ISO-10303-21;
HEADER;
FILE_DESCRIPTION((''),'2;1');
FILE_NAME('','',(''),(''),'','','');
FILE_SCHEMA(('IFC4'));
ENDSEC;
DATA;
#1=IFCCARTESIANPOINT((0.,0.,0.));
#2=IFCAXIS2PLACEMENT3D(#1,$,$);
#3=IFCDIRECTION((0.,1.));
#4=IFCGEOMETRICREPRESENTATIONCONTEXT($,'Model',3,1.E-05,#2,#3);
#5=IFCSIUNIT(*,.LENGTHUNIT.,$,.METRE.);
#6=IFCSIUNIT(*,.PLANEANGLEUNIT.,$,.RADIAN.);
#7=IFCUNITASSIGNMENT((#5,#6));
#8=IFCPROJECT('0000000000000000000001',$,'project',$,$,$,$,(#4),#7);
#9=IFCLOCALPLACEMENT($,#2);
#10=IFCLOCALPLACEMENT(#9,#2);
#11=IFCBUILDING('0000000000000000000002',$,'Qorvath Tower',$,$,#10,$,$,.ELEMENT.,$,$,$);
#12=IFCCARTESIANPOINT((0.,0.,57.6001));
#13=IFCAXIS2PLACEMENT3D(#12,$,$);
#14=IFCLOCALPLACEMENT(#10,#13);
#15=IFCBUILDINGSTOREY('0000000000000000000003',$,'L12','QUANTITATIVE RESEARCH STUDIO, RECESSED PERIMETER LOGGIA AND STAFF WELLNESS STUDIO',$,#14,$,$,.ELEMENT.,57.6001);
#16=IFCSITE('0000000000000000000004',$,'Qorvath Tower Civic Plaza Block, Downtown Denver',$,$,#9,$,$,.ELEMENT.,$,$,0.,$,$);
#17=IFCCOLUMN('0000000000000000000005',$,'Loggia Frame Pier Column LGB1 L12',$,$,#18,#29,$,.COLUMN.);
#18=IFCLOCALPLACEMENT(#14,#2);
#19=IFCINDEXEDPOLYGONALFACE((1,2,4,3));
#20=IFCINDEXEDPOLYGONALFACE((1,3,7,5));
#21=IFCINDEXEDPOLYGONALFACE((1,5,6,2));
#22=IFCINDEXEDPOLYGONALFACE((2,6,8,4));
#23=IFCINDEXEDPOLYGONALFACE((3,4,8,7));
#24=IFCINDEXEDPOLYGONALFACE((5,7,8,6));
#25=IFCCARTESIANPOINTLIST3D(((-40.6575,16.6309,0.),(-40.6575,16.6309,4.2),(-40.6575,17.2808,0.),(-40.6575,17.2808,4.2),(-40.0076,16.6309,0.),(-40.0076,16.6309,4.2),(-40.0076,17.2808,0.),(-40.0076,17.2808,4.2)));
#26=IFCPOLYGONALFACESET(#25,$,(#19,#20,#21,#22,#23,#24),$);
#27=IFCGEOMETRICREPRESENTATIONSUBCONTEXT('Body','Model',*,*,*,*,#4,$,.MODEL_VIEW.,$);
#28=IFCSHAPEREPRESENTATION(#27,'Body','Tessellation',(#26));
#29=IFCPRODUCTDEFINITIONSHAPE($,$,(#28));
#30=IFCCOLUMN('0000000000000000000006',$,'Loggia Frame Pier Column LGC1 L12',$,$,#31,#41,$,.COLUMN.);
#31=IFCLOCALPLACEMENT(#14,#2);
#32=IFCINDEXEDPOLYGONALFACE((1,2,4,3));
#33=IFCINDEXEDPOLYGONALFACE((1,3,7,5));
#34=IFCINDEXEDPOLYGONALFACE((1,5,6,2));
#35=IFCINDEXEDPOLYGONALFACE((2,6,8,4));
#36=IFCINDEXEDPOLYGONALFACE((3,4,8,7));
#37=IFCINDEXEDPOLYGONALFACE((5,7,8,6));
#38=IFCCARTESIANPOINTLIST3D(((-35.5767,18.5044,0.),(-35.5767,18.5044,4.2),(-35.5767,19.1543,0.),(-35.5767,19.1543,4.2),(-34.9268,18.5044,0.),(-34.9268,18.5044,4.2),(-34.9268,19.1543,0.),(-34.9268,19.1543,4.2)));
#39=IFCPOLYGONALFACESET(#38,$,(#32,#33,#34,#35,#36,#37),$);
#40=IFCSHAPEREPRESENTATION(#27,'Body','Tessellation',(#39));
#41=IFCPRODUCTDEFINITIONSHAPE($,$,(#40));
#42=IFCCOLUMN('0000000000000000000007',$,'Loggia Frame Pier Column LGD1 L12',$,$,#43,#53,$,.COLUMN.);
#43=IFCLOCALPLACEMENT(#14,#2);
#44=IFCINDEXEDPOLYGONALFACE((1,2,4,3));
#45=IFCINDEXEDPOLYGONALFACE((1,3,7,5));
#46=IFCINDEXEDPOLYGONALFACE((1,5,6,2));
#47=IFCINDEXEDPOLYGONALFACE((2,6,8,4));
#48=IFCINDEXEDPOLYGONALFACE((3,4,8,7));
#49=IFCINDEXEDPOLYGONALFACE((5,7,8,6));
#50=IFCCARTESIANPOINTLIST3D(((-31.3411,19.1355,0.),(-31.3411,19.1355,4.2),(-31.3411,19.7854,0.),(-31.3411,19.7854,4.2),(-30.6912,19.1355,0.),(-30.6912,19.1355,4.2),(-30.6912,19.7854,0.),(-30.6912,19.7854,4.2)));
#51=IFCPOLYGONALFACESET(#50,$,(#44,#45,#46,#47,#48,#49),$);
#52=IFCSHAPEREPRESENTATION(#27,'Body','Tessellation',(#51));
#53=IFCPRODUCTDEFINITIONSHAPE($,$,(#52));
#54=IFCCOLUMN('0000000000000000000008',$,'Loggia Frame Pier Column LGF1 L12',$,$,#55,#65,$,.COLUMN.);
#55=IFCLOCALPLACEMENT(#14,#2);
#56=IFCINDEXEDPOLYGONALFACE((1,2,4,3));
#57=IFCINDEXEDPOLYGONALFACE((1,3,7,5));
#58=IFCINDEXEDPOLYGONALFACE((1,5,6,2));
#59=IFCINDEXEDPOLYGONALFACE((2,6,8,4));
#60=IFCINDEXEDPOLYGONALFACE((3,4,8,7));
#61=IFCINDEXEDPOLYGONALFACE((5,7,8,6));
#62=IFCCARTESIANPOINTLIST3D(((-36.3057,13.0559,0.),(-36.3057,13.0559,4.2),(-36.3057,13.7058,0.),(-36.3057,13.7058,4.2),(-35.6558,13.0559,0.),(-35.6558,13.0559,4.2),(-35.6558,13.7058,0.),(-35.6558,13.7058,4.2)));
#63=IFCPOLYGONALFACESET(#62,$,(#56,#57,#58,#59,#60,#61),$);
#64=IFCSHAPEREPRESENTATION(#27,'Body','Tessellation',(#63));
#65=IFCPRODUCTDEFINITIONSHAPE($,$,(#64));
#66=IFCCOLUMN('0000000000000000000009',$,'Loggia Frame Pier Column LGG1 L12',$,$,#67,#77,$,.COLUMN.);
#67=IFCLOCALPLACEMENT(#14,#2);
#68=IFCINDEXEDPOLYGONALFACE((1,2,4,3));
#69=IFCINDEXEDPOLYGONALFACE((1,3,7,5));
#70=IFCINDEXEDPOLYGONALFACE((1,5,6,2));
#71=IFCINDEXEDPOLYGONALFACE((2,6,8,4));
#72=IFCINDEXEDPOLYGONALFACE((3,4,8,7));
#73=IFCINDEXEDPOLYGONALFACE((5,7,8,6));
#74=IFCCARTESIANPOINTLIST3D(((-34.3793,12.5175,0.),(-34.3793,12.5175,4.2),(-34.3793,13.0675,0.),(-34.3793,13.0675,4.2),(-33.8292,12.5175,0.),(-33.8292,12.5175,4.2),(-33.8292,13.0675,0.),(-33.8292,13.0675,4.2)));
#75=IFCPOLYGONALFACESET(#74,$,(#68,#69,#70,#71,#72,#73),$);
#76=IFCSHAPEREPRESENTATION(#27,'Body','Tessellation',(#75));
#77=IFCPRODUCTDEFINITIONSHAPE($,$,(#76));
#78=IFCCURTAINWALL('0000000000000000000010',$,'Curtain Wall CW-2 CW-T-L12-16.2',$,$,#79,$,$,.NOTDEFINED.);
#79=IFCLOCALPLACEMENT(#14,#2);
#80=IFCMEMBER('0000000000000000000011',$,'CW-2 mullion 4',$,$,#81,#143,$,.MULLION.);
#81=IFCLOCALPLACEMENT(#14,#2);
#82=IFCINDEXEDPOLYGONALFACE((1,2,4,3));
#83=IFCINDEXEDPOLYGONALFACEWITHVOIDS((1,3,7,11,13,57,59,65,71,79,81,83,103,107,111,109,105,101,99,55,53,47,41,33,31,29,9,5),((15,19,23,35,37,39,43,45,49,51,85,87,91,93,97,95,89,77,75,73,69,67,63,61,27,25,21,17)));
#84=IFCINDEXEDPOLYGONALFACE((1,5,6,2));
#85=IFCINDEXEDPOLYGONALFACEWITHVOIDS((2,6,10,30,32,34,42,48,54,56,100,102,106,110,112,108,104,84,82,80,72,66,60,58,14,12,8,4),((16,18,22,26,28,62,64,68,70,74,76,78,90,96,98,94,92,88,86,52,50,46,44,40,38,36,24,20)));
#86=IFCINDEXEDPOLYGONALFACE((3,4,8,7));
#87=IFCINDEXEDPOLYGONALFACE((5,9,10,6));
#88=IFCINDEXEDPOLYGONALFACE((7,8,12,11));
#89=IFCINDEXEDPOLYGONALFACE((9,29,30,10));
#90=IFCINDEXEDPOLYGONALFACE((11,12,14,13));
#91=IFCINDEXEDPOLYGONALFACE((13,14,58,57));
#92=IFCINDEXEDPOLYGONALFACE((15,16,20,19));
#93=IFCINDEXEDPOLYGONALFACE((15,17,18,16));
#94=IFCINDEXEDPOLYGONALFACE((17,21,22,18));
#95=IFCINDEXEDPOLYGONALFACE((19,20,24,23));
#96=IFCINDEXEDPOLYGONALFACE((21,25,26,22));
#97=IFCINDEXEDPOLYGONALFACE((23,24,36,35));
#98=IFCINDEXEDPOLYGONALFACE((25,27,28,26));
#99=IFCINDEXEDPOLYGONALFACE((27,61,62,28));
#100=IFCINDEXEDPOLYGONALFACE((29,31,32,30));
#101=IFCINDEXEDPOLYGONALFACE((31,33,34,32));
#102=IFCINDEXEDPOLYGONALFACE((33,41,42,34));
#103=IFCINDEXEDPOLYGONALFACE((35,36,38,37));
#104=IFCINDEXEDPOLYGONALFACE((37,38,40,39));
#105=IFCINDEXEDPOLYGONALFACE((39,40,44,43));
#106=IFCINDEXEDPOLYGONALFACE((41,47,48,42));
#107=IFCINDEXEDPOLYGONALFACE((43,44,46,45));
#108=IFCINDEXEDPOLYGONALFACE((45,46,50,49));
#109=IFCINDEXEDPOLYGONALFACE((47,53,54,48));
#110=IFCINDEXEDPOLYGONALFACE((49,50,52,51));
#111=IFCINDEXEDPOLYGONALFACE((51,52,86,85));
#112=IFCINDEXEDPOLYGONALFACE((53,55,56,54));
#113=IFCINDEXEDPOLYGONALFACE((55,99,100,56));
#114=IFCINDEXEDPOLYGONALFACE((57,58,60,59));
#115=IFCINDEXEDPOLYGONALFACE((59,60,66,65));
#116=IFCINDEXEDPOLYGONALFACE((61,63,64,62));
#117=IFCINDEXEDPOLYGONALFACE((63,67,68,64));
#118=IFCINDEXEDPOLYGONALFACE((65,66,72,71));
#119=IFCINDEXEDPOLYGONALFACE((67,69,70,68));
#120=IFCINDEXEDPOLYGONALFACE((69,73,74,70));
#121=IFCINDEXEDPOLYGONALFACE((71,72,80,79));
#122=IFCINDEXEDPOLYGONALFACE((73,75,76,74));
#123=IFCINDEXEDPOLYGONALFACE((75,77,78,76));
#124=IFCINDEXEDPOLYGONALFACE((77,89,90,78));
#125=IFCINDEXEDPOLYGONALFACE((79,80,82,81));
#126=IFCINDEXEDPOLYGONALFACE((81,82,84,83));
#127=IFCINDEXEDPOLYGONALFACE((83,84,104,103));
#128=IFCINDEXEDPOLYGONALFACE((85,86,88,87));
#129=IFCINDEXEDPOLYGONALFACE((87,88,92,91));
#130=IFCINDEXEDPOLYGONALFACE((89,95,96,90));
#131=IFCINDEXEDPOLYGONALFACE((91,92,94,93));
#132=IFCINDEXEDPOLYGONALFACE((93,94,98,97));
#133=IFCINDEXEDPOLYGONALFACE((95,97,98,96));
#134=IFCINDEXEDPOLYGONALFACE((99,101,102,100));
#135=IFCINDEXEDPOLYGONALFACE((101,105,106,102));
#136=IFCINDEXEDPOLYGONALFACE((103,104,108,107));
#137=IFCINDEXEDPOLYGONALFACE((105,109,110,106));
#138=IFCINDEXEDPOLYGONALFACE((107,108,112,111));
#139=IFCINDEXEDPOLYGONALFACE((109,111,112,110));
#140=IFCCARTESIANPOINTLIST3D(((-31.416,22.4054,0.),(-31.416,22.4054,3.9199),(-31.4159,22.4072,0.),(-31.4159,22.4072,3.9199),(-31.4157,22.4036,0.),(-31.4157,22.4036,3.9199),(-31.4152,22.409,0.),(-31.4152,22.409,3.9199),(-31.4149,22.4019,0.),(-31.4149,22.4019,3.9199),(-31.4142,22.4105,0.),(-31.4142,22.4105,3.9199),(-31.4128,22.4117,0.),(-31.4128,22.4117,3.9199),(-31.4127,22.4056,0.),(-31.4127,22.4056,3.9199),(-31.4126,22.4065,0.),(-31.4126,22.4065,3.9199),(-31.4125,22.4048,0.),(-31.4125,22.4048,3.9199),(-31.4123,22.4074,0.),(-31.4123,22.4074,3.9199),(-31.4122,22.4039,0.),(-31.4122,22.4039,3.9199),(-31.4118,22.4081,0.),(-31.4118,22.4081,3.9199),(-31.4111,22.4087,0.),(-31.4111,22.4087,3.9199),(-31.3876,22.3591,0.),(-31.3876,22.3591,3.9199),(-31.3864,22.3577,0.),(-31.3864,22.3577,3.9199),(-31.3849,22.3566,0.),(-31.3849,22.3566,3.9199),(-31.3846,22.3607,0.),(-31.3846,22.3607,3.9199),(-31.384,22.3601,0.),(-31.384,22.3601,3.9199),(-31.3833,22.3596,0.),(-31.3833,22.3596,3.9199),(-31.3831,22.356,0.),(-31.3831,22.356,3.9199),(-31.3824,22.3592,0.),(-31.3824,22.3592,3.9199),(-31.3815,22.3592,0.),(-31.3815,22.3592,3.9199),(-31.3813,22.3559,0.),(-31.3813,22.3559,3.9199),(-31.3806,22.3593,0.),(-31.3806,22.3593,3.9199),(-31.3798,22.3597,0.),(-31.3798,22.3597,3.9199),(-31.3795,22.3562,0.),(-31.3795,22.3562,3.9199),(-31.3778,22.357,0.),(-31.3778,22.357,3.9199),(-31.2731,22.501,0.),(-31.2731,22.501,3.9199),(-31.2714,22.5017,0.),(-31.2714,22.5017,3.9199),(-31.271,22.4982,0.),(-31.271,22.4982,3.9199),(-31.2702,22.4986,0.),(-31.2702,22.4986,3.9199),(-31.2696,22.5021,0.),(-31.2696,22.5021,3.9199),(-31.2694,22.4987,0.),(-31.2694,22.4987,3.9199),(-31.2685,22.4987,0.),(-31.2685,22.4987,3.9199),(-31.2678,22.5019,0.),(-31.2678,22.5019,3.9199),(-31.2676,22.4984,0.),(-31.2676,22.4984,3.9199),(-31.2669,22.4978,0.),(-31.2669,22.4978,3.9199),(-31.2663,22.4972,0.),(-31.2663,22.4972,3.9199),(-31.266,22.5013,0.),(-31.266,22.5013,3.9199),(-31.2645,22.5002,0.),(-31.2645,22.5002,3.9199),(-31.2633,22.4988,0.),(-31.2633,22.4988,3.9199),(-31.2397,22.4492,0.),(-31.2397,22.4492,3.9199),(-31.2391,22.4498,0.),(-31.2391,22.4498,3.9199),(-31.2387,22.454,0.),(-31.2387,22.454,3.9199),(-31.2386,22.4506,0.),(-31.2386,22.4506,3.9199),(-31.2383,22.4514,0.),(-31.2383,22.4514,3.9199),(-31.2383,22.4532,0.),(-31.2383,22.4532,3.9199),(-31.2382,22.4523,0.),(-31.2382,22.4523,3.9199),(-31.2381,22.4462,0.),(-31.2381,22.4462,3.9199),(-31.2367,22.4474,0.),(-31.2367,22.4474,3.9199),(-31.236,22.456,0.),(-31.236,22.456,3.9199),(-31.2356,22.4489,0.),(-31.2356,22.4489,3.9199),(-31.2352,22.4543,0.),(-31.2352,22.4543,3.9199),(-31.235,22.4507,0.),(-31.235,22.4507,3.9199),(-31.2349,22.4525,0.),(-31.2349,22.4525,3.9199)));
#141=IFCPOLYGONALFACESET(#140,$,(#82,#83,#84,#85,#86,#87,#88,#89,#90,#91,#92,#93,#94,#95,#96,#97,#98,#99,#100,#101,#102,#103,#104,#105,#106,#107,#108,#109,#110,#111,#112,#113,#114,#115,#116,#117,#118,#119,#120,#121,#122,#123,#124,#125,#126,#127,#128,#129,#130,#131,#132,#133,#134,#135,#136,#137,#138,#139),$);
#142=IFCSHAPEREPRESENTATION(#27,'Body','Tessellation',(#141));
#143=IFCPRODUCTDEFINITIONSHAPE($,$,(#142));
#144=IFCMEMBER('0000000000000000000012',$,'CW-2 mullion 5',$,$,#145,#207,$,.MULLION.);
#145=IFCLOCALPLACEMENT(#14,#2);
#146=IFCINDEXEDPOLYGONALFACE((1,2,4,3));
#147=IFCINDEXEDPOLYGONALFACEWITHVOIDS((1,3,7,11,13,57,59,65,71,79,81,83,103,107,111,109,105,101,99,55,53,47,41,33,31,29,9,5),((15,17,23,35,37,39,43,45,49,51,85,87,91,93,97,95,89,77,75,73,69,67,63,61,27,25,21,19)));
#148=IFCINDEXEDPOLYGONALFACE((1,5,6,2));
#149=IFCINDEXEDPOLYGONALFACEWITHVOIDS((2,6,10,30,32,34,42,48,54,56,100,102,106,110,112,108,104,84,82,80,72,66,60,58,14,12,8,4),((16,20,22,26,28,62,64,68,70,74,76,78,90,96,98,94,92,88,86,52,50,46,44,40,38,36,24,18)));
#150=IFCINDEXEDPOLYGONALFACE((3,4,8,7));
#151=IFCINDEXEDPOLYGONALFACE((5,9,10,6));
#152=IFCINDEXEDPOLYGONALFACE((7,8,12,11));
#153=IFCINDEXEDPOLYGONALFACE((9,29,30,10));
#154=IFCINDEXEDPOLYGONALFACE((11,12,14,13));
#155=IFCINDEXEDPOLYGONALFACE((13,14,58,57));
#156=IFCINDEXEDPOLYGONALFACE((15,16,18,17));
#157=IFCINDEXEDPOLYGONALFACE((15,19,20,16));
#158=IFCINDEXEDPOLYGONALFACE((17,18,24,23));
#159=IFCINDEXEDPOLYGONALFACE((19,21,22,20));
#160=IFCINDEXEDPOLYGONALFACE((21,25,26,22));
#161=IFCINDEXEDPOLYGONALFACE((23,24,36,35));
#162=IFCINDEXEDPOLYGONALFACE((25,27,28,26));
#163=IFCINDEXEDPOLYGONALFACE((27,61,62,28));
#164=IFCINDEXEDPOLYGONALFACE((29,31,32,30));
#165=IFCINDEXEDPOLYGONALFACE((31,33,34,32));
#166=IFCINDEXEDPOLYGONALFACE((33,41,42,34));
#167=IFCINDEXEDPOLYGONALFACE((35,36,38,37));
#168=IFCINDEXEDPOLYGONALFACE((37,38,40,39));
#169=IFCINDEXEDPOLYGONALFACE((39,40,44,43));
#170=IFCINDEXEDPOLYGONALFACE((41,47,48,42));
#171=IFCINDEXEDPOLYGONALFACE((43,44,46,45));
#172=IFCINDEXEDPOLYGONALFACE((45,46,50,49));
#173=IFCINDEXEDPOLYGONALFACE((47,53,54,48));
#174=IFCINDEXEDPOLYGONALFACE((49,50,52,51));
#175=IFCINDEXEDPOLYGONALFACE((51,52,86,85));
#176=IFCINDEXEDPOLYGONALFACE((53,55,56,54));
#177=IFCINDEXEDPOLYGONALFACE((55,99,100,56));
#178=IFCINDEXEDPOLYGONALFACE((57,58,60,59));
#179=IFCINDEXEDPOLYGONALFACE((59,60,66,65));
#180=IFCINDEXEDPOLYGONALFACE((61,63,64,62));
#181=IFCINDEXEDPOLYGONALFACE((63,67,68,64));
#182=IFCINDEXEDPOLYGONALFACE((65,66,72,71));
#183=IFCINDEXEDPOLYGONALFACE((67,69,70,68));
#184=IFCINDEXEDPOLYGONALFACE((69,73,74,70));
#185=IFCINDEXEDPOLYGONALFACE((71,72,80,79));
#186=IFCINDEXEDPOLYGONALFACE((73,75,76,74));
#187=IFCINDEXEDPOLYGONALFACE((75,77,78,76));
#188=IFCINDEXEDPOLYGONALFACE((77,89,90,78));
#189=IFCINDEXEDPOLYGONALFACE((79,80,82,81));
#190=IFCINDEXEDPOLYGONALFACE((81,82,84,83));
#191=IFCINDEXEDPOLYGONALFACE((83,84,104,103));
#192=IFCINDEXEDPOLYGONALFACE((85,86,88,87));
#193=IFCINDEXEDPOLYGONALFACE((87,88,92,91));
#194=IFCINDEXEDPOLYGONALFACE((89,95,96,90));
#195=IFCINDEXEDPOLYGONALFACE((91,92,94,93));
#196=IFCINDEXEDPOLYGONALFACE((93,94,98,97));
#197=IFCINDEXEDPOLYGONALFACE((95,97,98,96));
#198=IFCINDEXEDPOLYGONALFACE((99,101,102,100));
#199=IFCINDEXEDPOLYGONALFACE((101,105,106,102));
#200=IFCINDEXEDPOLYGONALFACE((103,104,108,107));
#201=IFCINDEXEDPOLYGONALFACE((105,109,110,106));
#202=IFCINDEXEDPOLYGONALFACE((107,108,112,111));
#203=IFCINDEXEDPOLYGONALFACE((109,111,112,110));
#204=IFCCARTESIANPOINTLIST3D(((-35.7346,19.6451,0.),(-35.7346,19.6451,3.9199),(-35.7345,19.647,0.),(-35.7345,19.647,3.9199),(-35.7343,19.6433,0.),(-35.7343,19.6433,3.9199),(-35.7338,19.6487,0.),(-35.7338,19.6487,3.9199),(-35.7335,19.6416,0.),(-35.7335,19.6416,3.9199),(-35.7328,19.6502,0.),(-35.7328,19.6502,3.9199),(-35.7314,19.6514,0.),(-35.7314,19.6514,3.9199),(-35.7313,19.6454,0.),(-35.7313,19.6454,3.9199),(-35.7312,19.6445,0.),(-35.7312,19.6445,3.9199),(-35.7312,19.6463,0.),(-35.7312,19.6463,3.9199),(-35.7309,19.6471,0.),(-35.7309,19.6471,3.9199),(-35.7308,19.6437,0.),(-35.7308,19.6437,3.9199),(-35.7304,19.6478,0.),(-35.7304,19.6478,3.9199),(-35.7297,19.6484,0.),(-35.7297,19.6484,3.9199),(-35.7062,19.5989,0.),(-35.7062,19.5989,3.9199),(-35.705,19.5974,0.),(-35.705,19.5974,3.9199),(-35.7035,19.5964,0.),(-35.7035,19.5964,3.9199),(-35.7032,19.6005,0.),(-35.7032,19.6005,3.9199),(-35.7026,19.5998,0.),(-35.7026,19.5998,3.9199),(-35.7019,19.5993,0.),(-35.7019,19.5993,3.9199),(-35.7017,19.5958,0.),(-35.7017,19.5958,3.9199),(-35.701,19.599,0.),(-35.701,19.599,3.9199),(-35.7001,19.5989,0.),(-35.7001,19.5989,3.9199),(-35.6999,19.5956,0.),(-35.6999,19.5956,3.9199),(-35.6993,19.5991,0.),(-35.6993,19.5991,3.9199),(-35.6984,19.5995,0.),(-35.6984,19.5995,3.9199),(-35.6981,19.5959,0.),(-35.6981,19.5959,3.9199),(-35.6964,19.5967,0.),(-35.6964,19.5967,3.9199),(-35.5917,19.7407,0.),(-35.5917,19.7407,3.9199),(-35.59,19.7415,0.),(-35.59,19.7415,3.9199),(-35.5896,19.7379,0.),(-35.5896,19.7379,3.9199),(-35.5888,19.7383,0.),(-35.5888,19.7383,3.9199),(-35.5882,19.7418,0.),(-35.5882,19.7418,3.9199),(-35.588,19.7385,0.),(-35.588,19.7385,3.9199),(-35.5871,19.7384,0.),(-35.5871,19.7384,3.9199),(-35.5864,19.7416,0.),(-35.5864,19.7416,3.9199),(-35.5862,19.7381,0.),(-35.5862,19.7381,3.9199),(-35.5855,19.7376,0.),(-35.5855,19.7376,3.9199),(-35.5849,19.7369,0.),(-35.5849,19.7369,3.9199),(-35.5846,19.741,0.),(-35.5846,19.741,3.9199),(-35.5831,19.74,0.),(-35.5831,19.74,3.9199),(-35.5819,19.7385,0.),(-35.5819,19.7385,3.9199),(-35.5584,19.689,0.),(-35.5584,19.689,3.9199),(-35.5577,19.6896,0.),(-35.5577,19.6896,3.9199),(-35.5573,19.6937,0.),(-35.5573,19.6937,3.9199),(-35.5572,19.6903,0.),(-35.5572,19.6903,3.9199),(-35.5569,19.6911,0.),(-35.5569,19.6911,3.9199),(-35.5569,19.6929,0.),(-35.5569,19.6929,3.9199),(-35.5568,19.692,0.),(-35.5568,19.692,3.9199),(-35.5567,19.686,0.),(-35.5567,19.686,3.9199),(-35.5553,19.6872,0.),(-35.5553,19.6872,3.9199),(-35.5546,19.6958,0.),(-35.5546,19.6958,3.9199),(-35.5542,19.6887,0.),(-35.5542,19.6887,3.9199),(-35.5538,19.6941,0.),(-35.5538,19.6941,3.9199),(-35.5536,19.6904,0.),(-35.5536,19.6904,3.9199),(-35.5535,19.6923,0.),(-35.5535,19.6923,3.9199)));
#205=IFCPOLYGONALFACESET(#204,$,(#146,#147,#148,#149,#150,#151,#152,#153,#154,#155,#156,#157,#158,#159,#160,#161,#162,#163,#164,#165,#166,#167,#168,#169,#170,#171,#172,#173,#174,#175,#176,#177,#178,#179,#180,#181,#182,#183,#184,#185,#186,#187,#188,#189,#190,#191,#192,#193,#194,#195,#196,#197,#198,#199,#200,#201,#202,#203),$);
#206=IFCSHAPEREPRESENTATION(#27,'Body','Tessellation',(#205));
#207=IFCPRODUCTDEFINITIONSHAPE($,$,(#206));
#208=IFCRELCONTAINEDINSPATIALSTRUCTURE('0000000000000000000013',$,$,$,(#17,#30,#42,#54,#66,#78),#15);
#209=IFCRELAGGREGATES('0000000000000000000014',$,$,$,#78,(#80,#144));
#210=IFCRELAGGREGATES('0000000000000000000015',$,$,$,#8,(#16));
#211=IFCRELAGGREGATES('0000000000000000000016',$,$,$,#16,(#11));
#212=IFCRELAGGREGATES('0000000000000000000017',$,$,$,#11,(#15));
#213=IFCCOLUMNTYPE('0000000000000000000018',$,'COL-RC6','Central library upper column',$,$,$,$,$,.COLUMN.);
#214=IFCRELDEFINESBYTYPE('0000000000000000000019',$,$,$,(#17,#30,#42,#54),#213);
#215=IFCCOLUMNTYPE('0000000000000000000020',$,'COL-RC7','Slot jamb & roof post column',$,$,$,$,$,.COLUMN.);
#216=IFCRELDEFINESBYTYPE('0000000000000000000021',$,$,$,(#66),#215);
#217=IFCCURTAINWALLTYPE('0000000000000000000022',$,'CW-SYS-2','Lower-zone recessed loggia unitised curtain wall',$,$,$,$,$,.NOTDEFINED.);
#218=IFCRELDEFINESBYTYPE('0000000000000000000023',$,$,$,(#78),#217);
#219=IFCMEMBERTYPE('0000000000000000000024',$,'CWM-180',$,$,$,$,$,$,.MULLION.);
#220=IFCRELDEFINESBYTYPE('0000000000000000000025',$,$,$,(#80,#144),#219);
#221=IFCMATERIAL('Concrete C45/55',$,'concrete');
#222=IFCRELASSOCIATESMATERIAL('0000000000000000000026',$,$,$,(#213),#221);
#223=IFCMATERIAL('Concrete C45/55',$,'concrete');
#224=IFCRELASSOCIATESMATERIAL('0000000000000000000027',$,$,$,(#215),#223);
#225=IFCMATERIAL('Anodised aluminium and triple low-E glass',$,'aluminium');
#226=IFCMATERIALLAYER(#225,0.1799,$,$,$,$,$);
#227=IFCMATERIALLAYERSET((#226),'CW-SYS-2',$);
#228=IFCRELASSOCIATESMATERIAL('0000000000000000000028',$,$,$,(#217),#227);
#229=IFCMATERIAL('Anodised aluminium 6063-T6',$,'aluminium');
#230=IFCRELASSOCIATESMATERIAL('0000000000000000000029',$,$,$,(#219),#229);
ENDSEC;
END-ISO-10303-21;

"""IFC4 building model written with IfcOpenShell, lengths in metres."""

from ifc_helpers import new_model, si_unit, direction, frame, origin, origin_2d, place, context, subcontext, project, spatial, rectangle, hollow_rectangle, extrude, material, layer, layer_set, material_profile, profile_set, type_object, element, aggregate, save


model = new_model("IFC4")

# Units and contexts
model_context = context("Model", 3, precision=1e-05, world=origin(), true_north=direction((0.0, 1.0)))
body_context = subcontext(model_context, "Body", "Model", "MODEL_VIEW")
ifc_project = project(units=[si_unit("LENGTHUNIT", "METRE"), si_unit("PLANEANGLEUNIT", "RADIAN")], contexts=[model_context])

# Site, building, storey
site_placement = place(None, origin())
site = spatial("IfcSite", under=ifc_project, at=site_placement, Name="Qorvath Tower Civic Plaza Block, Downtown Denver", CompositionType="ELEMENT", RefElevation=0.0)
building_placement = place(site_placement, origin())
building = spatial("IfcBuilding", under=site, at=building_placement, Name="Qorvath Tower", CompositionType="ELEMENT")
storey_placement = place(building_placement, frame((0.0, 0.0, 57.6001)))
storey = spatial("IfcBuildingStorey", under=building, at=storey_placement, Name="L12", Description="QUANTITATIVE RESEARCH STUDIO, RECESSED PERIMETER LOGGIA AND STAFF WELLNESS STUDIO", CompositionType="ELEMENT", Elevation=57.6001)

# Columns
ifc_material_1 = material(Name="Concrete C45/55", Category="concrete")
ifc_material_profile_1 = material_profile(ifc_material_1, rectangle(XDim=0.6499, YDim=0.6499, at=origin_2d()), Name="RC 650x650")
ifc_profile_set_1 = profile_set([ifc_material_profile_1], Name="Concrete C45/55")
column_type_1 = type_object("IfcColumnType", Name="COL-RC6", Description="Central library upper column", PredefinedType="COLUMN", material=ifc_profile_set_1)
for number, where, z_axis, x_axis, name in (
    (1, (-40.3325, 16.9558, 0.0), (0.0, 0.0, 1.0), (1.0, 0.0, 0.0), "Loggia Frame Pier Column LGB1 L12"),
    (2, (-35.2517, 18.8293, 0.0), (0.0, 0.0, 1.0), (1.0, 0.0, 0.0), "Loggia Frame Pier Column LGC1 L12"),
    (3, (-31.0161, 19.4604, 0.0), (0.0, 0.0, 1.0), (1.0, 0.0, 0.0), "Loggia Frame Pier Column LGD1 L12"),
    (4, (-35.9807, 13.3809, 0.0), (0.0, 0.0, 1.0), (1.0, 0.0, 0.0), "Loggia Frame Pier Column LGF1 L12"),
):
    element("IfcColumn", number, at=place(storey_placement, frame(where, z_axis=z_axis, x_axis=x_axis)), inside=storey, type_object=column_type_1, Name=name, PredefinedType="COLUMN", context=body_context, shape_type="SweptSolid", body=[
        extrude(rectangle(XDim=0.6499, YDim=0.6499, at=origin_2d()), origin(), (0.0, 0.0, 1.0), 4.2),
    ])
ifc_material_2 = material(Name="Concrete C45/55", Category="concrete")
ifc_material_profile_2 = material_profile(ifc_material_2, rectangle(XDim=0.55, YDim=0.55, at=origin_2d()), Name="RC 550x550")
ifc_profile_set_2 = profile_set([ifc_material_profile_2], Name="Concrete C45/55")
column_type_2 = type_object("IfcColumnType", Name="COL-RC7", Description="Slot jamb & roof post column", PredefinedType="COLUMN", material=ifc_profile_set_2)
column_placement = place(storey_placement, frame((-34.1042, 12.7925, 0.0), z_axis=(0.0, 0.0, 1.0), x_axis=(1.0, 0.0, 0.0)))
element("IfcColumn", 5, at=column_placement, inside=storey, type_object=column_type_2, Name="Loggia Frame Pier Column LGG1 L12", PredefinedType="COLUMN", context=body_context, shape_type="SweptSolid", body=[
    extrude(rectangle(XDim=0.55, YDim=0.55, at=origin_2d()), origin(), (0.0, 0.0, 1.0), 4.2),
])

# Curtain wall, members
ifc_material_3 = material(Name="Anodised aluminium and triple low-E glass", Category="aluminium")
ifc_layer_1 = layer(ifc_material_3, 0.1799)
ifc_layer_set_1 = layer_set([ifc_layer_1], Name="CW-SYS-2")
curtain_wall_type = type_object("IfcCurtainWallType", Name="CW-SYS-2", Description="Lower-zone recessed loggia unitised curtain wall", PredefinedType="NOTDEFINED", material=ifc_layer_set_1)
curtain_wall_1_placement = place(storey_placement, origin())
curtain_wall_1 = element("IfcCurtainWall", 6, at=curtain_wall_1_placement, inside=storey, type_object=curtain_wall_type, Name="Curtain Wall CW-2 CW-T-L12-16.2", PredefinedType="NOTDEFINED")
ifc_material_4 = material(Name="Anodised aluminium 6063-T6", Category="aluminium")
ifc_material_profile_3 = material_profile(ifc_material_4, hollow_rectangle(XDim=0.0649, YDim=0.1799, WallThickness=0.0034, InnerFilletRadius=0.0034, OuterFilletRadius=0.0071, at=origin_2d()), Name="CWM 180x65")
ifc_profile_set_3 = profile_set([ifc_material_profile_3], Name="Anodised aluminium 6063-T6")
member_type_1 = type_object("IfcMemberType", Name="CWM-180", PredefinedType="MULLION", material=ifc_profile_set_3)
member_1_placement = place(storey_placement, frame((-31.3254, 22.429, 0.0), z_axis=(0.0, 0.0, 1.0), x_axis=(0.538539, -0.8426, 0.0)))
member_1 = element("IfcMember", 7, at=member_1_placement, type_object=member_type_1, Name="CW-2 mullion 4", PredefinedType="MULLION", context=body_context, shape_type="SweptSolid", body=[
    extrude(hollow_rectangle(XDim=0.0649, YDim=0.1799, WallThickness=0.0034, InnerFilletRadius=0.0034, OuterFilletRadius=0.0071, at=origin_2d()), origin(), (0.0, 0.0, 1.0), 3.9199),
])
member_2_placement = place(storey_placement, frame((-35.644, 19.6687, 0.0), z_axis=(0.0, 0.0, 1.0), x_axis=(0.538539, -0.8426, 0.0)))
member_2 = element("IfcMember", 8, at=member_2_placement, type_object=member_type_1, Name="CW-2 mullion 5", PredefinedType="MULLION", context=body_context, shape_type="SweptSolid", body=[
    extrude(hollow_rectangle(XDim=0.0649, YDim=0.1799, WallThickness=0.0034, InnerFilletRadius=0.0034, OuterFilletRadius=0.0071, at=origin_2d()), origin(), (0.0, 0.0, 1.0), 3.9199),
])

aggregate(curtain_wall_1, [member_1, member_2])

save(model, "model.ifc")
